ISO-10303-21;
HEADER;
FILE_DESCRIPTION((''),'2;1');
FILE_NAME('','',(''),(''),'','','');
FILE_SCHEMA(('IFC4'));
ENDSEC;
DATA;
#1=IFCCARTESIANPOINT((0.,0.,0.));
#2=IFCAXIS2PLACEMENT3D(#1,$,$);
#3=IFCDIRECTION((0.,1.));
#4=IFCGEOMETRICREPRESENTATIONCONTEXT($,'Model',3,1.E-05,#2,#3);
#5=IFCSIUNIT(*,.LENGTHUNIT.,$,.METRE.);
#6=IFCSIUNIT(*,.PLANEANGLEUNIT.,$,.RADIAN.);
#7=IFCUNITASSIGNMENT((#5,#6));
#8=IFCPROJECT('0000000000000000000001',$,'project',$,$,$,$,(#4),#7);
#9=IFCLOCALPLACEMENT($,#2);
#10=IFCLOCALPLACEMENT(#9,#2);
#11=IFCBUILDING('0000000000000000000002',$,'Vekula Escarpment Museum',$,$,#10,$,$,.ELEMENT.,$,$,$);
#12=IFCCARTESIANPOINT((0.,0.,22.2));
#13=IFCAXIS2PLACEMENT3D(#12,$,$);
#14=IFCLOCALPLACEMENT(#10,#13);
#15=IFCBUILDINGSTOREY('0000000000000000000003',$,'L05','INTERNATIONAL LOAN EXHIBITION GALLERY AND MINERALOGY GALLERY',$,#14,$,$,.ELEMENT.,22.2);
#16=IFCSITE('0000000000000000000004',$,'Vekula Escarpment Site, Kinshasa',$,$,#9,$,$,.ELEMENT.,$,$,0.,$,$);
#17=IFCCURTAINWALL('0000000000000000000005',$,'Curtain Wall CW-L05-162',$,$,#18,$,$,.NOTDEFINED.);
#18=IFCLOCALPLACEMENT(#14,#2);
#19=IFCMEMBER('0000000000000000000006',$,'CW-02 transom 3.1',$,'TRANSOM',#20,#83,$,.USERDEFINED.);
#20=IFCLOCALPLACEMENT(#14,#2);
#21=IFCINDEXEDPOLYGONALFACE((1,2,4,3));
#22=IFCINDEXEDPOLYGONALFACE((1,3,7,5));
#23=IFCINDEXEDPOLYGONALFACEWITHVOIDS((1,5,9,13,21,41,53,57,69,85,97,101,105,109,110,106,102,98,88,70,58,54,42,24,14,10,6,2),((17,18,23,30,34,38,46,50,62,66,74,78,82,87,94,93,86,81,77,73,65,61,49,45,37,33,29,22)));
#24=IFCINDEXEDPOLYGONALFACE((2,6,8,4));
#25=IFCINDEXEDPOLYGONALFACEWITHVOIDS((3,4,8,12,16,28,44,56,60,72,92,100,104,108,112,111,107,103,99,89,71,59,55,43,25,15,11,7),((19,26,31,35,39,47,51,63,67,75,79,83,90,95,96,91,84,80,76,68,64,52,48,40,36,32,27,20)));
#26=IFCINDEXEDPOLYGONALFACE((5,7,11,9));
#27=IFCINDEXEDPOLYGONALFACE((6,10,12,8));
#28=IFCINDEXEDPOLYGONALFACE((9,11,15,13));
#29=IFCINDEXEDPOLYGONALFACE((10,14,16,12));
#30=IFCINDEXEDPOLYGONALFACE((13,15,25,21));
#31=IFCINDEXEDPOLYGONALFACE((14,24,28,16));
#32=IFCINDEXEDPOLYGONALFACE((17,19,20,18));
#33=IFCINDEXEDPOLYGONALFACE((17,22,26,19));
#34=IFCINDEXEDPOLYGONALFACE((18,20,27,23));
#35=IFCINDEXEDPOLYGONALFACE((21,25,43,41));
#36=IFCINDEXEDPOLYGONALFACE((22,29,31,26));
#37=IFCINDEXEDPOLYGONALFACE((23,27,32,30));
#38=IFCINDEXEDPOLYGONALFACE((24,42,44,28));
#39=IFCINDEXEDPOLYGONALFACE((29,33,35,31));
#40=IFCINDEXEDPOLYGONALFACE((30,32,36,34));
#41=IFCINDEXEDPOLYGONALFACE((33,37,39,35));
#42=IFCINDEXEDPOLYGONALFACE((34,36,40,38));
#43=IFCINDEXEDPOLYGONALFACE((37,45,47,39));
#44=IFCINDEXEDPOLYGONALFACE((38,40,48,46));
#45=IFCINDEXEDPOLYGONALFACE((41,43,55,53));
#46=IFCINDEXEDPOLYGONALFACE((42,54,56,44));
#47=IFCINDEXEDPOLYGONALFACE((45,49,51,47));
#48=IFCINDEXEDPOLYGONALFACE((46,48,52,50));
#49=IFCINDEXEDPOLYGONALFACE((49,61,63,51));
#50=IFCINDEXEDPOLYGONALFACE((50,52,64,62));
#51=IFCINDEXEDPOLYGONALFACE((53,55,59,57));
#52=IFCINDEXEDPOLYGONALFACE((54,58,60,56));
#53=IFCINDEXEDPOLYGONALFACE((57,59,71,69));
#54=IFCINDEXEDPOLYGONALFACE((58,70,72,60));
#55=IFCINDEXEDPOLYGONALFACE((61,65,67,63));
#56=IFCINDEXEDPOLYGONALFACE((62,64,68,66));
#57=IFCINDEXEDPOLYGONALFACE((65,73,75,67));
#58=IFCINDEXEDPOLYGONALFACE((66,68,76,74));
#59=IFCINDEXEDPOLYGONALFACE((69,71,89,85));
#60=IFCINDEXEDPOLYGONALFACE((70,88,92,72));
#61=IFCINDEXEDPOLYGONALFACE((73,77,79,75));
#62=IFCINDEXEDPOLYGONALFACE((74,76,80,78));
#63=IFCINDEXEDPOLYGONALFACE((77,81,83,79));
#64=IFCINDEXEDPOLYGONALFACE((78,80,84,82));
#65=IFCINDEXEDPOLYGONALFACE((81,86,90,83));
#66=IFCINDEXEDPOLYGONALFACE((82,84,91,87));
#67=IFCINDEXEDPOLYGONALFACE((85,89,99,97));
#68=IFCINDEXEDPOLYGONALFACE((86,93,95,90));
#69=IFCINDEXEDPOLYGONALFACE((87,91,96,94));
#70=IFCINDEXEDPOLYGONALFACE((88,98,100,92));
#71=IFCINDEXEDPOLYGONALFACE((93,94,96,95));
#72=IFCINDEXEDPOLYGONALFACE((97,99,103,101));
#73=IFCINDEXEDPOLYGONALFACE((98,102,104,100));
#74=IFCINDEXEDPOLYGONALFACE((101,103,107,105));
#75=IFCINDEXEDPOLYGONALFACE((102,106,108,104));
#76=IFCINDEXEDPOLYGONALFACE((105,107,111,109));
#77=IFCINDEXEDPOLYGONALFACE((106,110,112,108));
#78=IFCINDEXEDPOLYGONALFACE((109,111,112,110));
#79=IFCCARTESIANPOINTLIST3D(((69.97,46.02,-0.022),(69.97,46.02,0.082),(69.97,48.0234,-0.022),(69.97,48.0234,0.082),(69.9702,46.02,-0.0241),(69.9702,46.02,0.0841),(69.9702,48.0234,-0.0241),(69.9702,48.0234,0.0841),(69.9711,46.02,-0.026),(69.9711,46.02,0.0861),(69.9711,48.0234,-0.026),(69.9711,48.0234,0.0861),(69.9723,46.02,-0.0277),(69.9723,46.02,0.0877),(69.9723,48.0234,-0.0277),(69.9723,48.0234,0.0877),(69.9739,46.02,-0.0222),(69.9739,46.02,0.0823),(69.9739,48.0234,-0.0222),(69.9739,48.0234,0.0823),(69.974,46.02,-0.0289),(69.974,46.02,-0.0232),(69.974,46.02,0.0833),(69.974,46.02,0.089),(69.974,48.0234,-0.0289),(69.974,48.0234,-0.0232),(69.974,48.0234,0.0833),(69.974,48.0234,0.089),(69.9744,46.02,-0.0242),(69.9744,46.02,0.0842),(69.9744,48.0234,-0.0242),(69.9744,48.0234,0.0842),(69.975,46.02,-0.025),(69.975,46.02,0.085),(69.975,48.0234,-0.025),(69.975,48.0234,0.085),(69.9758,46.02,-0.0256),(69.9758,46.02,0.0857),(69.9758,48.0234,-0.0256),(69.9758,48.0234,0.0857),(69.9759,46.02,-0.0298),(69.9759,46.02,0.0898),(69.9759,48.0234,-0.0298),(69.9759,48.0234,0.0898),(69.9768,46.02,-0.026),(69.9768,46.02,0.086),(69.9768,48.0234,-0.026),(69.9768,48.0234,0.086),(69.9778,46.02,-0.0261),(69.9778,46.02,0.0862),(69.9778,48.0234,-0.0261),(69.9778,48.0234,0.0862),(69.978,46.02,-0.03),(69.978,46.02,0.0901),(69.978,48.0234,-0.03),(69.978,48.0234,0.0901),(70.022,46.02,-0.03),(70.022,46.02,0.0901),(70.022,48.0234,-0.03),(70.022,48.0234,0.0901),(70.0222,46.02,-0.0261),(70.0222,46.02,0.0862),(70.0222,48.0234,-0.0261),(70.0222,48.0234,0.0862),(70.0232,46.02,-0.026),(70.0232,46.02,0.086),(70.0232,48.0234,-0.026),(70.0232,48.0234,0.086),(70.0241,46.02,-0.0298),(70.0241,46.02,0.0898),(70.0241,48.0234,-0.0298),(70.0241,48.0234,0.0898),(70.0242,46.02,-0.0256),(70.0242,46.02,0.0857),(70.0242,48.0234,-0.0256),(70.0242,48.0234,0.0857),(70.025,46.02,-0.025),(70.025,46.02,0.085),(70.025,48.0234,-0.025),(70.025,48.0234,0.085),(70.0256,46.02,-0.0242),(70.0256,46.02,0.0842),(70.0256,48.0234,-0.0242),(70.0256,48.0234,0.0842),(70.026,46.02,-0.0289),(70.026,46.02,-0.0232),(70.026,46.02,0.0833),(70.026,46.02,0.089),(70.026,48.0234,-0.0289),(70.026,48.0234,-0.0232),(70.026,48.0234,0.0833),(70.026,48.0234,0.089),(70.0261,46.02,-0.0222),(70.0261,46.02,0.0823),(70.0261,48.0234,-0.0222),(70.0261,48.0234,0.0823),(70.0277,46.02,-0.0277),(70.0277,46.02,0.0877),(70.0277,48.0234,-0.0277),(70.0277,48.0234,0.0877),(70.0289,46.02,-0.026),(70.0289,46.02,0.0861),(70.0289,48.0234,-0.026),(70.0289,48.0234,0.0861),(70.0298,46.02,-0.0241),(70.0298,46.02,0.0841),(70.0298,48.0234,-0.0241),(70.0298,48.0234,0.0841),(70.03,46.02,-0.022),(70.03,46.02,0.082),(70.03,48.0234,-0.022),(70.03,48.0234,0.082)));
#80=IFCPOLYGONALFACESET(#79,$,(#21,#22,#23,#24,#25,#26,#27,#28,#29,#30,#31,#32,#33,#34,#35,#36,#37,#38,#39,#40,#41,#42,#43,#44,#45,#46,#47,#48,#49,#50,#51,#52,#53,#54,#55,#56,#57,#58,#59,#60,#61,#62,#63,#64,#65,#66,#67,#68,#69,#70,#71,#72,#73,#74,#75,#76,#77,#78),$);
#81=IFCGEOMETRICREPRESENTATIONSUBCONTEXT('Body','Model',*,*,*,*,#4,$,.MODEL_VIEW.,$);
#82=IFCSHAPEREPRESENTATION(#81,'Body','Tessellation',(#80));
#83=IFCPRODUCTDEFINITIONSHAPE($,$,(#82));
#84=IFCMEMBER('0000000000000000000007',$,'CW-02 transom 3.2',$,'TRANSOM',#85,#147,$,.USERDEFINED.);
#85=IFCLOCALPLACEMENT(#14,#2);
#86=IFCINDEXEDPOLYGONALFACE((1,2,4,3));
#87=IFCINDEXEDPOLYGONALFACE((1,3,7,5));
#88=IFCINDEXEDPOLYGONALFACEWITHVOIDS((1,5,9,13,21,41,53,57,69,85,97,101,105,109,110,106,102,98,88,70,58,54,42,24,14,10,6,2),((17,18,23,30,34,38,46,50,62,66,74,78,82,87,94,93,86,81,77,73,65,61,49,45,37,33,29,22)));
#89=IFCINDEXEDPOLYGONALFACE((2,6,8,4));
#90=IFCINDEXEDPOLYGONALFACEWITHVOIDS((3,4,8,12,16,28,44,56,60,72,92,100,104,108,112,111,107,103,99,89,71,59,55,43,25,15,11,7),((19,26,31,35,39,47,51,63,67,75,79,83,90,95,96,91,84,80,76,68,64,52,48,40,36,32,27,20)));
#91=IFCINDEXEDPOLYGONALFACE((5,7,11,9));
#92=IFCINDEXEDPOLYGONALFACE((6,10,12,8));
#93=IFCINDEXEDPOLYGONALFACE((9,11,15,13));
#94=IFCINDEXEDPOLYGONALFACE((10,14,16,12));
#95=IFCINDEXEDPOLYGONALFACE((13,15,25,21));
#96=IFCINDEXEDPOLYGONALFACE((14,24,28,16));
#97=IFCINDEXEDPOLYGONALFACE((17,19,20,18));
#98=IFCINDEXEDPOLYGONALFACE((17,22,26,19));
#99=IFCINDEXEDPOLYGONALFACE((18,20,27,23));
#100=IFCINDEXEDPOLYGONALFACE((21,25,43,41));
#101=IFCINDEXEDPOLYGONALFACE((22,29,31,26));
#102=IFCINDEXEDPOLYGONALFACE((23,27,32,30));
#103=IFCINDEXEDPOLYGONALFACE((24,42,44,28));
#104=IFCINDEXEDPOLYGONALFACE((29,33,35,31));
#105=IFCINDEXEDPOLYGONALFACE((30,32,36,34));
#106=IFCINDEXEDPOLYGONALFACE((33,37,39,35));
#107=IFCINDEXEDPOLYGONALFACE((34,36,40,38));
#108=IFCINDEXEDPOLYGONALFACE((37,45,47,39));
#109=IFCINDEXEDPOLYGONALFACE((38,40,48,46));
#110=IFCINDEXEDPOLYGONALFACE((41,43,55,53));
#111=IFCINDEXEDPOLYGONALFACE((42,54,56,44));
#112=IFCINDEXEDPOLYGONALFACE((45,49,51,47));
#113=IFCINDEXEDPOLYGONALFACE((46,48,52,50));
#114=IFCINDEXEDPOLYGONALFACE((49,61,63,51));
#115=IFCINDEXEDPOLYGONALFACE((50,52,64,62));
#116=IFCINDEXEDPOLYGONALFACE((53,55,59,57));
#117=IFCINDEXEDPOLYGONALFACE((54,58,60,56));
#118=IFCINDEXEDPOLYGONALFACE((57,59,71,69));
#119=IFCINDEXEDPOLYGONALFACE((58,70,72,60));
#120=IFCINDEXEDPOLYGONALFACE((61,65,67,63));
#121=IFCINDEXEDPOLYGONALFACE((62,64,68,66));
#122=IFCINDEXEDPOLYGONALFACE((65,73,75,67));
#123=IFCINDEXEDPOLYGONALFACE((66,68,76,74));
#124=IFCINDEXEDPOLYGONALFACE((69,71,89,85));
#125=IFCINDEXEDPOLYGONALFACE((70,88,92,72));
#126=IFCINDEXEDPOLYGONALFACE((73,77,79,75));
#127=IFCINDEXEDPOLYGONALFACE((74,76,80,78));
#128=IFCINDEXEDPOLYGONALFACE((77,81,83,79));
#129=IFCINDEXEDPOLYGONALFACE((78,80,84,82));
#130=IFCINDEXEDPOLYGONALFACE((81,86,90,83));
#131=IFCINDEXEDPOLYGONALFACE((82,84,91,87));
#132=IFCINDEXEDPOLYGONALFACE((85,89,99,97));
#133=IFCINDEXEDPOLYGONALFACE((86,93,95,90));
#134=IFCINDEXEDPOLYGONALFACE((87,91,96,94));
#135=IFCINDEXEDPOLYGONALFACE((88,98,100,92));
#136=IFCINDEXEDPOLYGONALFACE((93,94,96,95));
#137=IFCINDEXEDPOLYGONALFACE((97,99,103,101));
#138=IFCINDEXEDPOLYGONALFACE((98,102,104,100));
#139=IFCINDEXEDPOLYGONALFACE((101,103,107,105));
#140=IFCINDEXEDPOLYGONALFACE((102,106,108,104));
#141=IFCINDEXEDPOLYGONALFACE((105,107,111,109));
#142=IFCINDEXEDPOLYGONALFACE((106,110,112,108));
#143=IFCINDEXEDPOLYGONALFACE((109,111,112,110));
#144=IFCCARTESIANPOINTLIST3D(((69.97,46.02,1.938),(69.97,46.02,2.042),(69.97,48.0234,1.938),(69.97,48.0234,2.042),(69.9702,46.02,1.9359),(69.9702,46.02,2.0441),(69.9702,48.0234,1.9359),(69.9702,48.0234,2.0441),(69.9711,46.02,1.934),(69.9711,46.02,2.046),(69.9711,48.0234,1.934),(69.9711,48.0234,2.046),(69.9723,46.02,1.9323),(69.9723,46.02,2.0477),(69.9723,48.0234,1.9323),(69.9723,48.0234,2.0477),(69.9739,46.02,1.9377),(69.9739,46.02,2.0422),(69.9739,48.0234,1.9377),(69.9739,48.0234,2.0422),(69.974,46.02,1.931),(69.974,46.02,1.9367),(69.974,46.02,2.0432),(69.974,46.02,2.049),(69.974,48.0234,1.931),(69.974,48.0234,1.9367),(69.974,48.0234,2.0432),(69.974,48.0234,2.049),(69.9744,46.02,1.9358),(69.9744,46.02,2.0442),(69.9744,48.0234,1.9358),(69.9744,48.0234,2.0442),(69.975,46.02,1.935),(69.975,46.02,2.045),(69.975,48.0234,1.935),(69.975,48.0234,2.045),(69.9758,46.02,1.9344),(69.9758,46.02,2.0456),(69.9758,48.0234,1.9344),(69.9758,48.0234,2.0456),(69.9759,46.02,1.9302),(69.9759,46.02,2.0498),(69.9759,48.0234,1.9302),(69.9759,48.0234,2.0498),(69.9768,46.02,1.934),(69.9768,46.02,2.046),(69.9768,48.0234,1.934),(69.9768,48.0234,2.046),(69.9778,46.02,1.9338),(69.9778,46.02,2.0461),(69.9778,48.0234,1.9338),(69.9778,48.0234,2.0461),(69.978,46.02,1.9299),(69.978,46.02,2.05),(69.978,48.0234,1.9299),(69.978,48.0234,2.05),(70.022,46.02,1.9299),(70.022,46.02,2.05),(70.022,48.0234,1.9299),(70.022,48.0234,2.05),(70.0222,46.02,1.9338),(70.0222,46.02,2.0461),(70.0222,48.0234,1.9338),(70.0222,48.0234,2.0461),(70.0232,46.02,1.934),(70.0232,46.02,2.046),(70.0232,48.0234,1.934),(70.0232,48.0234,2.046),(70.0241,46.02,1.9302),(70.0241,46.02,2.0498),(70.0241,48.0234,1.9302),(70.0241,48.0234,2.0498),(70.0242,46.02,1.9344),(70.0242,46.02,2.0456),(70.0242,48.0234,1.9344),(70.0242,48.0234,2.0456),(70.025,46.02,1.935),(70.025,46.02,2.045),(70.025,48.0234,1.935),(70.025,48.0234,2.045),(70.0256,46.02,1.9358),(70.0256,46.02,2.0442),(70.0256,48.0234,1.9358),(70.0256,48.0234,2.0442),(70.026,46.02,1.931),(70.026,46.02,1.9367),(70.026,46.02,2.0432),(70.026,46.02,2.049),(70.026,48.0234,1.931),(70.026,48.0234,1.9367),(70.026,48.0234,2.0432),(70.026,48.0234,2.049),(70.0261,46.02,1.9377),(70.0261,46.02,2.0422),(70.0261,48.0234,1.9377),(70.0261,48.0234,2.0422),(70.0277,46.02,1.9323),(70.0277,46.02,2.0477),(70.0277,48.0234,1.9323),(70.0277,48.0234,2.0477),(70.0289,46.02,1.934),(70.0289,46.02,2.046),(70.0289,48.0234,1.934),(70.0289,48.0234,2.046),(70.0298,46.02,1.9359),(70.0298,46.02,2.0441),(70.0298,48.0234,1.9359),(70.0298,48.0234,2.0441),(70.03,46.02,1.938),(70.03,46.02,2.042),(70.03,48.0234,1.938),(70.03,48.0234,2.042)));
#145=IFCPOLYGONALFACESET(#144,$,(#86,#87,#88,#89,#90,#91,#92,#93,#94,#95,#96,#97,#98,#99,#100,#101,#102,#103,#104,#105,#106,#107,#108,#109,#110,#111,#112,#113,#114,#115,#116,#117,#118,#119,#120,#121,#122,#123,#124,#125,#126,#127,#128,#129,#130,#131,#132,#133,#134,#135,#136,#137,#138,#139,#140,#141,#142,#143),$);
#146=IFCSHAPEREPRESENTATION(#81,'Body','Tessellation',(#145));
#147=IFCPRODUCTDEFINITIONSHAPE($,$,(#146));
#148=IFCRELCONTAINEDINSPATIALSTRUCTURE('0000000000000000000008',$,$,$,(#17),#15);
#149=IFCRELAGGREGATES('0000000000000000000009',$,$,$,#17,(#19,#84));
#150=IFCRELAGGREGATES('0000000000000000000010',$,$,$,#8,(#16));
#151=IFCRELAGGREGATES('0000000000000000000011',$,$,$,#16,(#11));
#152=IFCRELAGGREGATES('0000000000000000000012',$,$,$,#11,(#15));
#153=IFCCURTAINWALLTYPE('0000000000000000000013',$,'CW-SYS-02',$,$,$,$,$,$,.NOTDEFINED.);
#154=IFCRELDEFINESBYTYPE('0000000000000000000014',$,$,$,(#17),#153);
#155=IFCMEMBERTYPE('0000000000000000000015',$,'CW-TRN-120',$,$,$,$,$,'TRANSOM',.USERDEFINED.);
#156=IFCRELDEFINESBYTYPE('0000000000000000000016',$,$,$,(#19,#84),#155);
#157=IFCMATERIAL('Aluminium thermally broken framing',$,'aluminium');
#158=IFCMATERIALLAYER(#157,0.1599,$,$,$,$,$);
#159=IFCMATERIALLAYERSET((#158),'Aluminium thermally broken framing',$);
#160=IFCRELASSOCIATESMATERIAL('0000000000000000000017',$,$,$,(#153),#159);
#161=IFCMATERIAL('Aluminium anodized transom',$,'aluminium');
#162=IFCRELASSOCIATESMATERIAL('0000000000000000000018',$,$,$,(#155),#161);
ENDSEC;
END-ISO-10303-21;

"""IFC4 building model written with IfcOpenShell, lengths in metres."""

from ifc_helpers import new_model, si_unit, direction, frame, origin, origin_2d, place, context, subcontext, project, spatial, hollow_rectangle, extrude, material, layer, layer_set, material_profile, profile_set, type_object, element, aggregate, save


model = new_model("IFC4")

# Units and contexts
model_context = context("Model", 3, precision=1e-05, world=origin(), true_north=direction((0.0, 1.0)))
body_context = subcontext(model_context, "Body", "Model", "MODEL_VIEW")
ifc_project = project(units=[si_unit("LENGTHUNIT", "METRE"), si_unit("PLANEANGLEUNIT", "RADIAN")], contexts=[model_context])

# Site, building, storey
site_placement = place(None, origin())
site = spatial("IfcSite", under=ifc_project, at=site_placement, Name="Vekula Escarpment Site, Kinshasa", CompositionType="ELEMENT", RefElevation=0.0)
building_placement = place(site_placement, origin())
building = spatial("IfcBuilding", under=site, at=building_placement, Name="Vekula Escarpment Museum", CompositionType="ELEMENT")
storey_placement = place(building_placement, frame((0.0, 0.0, 22.2)))
storey = spatial("IfcBuildingStorey", under=building, at=storey_placement, Name="L05", Description="INTERNATIONAL LOAN EXHIBITION GALLERY AND MINERALOGY GALLERY", CompositionType="ELEMENT", Elevation=22.2)

# Curtain wall, members
ifc_material_1 = material(Name="Aluminium thermally broken framing", Category="aluminium")
ifc_layer_1 = layer(ifc_material_1, 0.1599)
ifc_layer_set_1 = layer_set([ifc_layer_1], Name="Aluminium thermally broken framing")
curtain_wall_type = type_object("IfcCurtainWallType", Name="CW-SYS-02", PredefinedType="NOTDEFINED", material=ifc_layer_set_1)
curtain_wall_placement = place(storey_placement, origin())
curtain_wall = element("IfcCurtainWall", 1, at=curtain_wall_placement, inside=storey, type_object=curtain_wall_type, Name="Curtain Wall CW-L05-162", PredefinedType="NOTDEFINED")
ifc_material_2 = material(Name="Aluminium anodized transom", Category="aluminium")
ifc_material_profile_1 = material_profile(ifc_material_2, hollow_rectangle(XDim=0.0601, YDim=0.1201, WallThickness=0.0039, InnerFilletRadius=0.0039, OuterFilletRadius=0.0081, at=origin_2d()), Name="ALU 120x60x4")
ifc_profile_set_1 = profile_set([ifc_material_profile_1], Name="Aluminium anodized transom")
member_type_1 = type_object("IfcMemberType", Name="CW-TRN-120", ElementType="TRANSOM", PredefinedType="USERDEFINED", material=ifc_profile_set_1)
member_1_placement = place(storey_placement, frame((70.0, 48.0234, 0.03), z_axis=(0.0, -1.0, 0.0), x_axis=(1.0, 0.0, 0.0)))
member_1 = element("IfcMember", 2, at=member_1_placement, type_object=member_type_1, Name="CW-02 transom 3.1", ObjectType="TRANSOM", PredefinedType="USERDEFINED", context=body_context, shape_type="SweptSolid", body=[
    extrude(hollow_rectangle(XDim=0.0601, YDim=0.1201, WallThickness=0.0039, InnerFilletRadius=0.0039, OuterFilletRadius=0.0081, at=origin_2d()), origin(), (0.0, 0.0, 1.0), 2.0034),
])
member_2_placement = place(storey_placement, frame((70.0, 48.0234, 1.99), z_axis=(0.0, -1.0, 0.0), x_axis=(1.0, 0.0, 0.0)))
member_2 = element("IfcMember", 3, at=member_2_placement, type_object=member_type_1, Name="CW-02 transom 3.2", ObjectType="TRANSOM", PredefinedType="USERDEFINED", context=body_context, shape_type="SweptSolid", body=[
    extrude(hollow_rectangle(XDim=0.0601, YDim=0.1201, WallThickness=0.0039, InnerFilletRadius=0.0039, OuterFilletRadius=0.0081, at=origin_2d()), origin(), (0.0, 0.0, 1.0), 2.0034),
])

aggregate(curtain_wall, [member_1, member_2])

save(model, "model.ifc")
